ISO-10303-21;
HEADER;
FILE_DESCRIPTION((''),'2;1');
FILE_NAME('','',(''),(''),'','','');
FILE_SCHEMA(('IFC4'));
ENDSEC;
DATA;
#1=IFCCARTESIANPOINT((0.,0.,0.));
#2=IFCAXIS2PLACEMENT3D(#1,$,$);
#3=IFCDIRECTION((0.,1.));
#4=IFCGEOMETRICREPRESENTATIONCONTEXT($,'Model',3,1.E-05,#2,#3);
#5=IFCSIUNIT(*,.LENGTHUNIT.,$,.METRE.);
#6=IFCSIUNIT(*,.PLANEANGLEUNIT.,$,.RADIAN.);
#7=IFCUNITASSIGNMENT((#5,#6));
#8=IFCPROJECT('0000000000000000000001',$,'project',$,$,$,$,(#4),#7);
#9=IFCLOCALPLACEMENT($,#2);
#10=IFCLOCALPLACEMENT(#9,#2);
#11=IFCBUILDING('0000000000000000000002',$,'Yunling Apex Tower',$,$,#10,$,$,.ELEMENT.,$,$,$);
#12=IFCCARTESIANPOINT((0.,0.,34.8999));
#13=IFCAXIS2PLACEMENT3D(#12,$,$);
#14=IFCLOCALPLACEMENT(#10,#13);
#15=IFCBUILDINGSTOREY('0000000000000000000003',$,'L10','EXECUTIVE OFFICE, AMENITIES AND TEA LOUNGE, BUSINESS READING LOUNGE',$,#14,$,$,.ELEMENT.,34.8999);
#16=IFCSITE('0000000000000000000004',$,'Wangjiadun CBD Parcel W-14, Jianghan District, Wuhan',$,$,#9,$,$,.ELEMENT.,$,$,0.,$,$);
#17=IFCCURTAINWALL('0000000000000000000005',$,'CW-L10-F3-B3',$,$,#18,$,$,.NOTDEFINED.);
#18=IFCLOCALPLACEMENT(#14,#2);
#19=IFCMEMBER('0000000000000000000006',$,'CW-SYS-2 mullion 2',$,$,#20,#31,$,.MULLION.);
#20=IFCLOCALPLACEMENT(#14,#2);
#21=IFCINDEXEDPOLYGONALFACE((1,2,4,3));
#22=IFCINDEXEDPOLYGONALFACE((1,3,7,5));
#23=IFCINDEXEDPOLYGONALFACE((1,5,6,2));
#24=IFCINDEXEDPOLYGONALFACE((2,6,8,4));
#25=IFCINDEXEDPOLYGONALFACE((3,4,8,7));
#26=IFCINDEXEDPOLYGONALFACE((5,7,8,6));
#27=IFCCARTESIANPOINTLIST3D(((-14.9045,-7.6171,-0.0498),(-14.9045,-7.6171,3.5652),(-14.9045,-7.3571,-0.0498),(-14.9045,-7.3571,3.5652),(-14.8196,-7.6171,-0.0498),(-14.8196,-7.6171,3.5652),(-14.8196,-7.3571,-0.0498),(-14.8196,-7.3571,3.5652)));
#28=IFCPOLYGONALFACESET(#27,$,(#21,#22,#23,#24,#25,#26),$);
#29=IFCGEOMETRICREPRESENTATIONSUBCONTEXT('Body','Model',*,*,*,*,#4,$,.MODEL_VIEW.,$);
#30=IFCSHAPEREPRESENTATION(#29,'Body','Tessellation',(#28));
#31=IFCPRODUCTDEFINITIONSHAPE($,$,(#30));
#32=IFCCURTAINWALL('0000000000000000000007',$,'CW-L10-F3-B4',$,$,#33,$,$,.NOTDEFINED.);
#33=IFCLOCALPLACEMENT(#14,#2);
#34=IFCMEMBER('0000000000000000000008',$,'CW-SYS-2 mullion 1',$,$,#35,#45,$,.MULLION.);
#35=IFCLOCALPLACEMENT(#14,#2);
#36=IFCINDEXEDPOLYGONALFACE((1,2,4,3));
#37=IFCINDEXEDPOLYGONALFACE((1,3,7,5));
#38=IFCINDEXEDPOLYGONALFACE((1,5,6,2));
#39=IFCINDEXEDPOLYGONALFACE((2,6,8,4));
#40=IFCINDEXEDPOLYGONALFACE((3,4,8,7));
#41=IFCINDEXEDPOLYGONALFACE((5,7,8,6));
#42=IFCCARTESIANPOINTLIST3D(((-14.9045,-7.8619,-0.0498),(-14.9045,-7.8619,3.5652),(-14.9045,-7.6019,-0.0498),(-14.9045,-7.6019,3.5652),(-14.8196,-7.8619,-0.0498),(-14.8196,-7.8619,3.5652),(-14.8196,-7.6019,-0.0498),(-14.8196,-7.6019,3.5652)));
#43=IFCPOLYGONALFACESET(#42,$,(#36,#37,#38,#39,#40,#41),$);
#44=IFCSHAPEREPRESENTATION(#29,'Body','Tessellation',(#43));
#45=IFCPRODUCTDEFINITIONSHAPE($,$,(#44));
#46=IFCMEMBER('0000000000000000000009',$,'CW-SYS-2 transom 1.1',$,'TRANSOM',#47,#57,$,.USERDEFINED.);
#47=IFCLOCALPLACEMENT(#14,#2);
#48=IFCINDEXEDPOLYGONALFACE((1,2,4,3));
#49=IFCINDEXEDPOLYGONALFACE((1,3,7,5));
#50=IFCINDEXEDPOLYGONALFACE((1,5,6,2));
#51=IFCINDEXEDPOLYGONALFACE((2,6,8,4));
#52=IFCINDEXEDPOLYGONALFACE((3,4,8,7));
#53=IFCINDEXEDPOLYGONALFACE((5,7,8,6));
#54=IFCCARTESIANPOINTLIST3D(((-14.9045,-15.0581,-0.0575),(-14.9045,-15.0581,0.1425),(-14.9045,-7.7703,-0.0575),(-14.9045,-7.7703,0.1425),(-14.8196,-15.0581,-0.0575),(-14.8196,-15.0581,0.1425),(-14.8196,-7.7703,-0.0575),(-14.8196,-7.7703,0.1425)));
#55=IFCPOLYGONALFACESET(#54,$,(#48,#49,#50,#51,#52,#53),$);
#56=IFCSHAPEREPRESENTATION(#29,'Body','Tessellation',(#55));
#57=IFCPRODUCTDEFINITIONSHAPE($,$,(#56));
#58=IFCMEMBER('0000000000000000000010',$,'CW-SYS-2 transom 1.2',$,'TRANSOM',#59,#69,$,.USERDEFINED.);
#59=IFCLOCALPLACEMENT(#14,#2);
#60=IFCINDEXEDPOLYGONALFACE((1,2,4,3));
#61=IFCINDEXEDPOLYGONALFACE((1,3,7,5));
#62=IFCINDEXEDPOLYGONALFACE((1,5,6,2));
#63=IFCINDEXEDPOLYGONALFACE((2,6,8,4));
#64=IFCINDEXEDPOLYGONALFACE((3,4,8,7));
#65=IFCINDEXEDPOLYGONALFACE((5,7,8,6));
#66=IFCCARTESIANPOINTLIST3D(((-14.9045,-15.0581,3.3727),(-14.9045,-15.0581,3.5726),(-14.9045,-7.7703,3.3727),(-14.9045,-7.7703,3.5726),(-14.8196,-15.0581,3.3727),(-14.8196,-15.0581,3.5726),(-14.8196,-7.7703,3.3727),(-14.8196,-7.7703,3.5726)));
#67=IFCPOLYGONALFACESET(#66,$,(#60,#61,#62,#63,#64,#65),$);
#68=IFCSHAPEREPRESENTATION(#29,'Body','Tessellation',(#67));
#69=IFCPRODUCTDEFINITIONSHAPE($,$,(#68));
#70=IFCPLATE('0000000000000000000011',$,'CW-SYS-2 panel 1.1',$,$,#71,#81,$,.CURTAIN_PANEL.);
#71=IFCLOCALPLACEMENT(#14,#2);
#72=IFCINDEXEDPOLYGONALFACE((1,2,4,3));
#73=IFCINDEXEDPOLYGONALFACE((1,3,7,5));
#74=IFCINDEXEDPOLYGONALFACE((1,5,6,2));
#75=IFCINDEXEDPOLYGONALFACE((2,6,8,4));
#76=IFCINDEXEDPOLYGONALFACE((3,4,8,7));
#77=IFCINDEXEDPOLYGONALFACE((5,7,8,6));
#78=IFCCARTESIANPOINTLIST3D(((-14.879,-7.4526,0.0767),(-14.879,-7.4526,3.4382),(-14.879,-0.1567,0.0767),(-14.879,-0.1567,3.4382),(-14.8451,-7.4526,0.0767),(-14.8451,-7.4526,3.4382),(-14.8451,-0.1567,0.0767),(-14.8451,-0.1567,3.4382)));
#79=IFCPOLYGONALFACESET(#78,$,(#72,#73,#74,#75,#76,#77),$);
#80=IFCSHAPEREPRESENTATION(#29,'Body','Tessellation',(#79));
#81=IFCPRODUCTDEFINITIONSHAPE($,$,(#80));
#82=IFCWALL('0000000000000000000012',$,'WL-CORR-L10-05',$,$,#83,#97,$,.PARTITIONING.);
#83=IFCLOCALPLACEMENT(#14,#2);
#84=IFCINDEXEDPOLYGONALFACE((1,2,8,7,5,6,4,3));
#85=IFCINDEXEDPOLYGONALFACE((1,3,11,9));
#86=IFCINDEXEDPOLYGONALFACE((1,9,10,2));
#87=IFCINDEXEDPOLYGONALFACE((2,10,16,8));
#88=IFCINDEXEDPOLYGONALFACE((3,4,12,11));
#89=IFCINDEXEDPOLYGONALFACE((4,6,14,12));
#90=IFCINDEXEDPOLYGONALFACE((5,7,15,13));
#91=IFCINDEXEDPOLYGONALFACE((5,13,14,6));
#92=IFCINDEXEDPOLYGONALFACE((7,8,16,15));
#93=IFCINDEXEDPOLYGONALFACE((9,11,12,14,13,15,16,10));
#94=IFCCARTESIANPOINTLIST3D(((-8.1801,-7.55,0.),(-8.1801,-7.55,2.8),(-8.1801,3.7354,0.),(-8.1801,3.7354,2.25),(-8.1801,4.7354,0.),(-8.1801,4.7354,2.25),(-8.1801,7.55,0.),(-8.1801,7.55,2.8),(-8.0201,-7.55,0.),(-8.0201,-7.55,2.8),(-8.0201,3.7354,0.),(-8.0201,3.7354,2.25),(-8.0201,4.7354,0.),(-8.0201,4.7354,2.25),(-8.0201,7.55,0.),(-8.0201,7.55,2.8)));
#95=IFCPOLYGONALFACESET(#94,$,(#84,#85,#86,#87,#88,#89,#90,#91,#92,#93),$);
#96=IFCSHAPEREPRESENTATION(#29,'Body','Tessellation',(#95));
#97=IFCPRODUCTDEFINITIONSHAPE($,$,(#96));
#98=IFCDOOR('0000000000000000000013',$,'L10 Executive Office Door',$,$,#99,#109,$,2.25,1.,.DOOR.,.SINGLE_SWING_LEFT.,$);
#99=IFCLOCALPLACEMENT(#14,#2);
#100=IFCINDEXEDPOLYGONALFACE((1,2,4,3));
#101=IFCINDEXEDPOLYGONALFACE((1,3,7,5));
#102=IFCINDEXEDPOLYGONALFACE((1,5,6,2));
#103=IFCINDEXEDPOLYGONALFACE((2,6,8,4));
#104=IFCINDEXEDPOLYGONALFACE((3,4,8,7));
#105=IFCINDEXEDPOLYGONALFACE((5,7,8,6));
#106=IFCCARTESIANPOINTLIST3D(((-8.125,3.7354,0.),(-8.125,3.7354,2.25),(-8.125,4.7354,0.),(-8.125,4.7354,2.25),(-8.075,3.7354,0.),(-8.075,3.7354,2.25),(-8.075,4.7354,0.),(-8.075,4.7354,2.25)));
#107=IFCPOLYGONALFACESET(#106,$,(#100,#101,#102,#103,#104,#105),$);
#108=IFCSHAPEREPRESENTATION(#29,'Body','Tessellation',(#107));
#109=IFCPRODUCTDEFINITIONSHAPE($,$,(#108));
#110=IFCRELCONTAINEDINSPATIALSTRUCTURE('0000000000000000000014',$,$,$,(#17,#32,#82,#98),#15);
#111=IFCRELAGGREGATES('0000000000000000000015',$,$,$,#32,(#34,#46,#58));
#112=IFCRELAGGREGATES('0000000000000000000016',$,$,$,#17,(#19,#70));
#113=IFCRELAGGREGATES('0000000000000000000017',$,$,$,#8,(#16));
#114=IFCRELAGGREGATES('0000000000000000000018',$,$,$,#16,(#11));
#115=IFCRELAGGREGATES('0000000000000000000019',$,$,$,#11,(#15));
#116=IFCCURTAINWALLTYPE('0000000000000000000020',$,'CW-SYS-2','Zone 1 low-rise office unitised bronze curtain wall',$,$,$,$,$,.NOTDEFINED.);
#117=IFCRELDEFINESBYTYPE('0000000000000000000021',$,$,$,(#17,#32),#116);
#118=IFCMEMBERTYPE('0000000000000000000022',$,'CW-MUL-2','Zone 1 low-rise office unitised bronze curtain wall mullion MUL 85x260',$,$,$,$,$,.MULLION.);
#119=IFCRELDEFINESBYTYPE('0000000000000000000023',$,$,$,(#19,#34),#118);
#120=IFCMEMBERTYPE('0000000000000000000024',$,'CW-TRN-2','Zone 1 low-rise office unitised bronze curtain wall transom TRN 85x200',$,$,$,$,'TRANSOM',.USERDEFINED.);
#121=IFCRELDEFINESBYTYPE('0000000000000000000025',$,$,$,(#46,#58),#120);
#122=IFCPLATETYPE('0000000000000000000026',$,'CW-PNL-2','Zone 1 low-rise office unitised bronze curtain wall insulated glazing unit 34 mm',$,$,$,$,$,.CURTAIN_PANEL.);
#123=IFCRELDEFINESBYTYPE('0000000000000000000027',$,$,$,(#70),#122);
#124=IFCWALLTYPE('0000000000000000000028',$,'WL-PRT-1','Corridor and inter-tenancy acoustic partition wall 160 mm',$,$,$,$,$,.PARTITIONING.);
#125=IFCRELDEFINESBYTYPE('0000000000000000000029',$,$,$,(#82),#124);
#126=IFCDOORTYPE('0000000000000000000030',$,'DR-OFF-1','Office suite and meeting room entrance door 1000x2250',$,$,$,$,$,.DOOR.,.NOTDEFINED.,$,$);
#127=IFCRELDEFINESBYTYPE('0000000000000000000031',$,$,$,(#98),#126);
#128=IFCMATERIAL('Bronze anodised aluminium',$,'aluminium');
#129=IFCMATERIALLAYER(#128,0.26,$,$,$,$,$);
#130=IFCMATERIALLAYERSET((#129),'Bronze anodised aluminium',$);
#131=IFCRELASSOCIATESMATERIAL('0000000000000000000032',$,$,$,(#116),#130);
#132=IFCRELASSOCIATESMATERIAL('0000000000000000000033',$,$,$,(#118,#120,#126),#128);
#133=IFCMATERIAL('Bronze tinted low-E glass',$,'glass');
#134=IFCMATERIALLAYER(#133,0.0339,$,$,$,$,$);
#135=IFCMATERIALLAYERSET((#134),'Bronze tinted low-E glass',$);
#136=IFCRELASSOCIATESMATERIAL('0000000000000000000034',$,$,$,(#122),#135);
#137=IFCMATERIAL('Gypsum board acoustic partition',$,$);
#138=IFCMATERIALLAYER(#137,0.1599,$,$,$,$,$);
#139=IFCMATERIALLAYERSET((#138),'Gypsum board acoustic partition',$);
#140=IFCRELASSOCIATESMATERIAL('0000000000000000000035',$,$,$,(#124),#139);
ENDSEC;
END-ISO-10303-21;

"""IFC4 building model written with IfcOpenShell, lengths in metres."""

from ifc_helpers import new_model, si_unit, direction, frame, frame_2d, origin, origin_2d, place, context, subcontext, project, spatial, rectangle, extrude, source, transform, mapped, material, layer, layer_set, material_profile, profile_set, type_object, element, fill, aggregate, save


model = new_model("IFC4")

# Units and contexts
model_context = context("Model", 3, precision=1e-05, world=origin(), true_north=direction((0.0, 1.0)))
body_context = subcontext(model_context, "Body", "Model", "MODEL_VIEW")
ifc_project = project(units=[si_unit("LENGTHUNIT", "METRE"), si_unit("PLANEANGLEUNIT", "RADIAN")], contexts=[model_context])

# Site, building, storey
site_placement = place(None, origin())
site = spatial("IfcSite", under=ifc_project, at=site_placement, Name="Wangjiadun CBD Parcel W-14, Jianghan District, Wuhan", CompositionType="ELEMENT", RefElevation=0.0)
building_placement = place(site_placement, origin())
building = spatial("IfcBuilding", under=site, at=building_placement, Name="Yunling Apex Tower", CompositionType="ELEMENT")
storey_placement = place(building_placement, frame((0.0, 0.0, 34.8999)))
storey = spatial("IfcBuildingStorey", under=building, at=storey_placement, Name="L10", Description="EXECUTIVE OFFICE, AMENITIES AND TEA LOUNGE, BUSINESS READING LOUNGE", CompositionType="ELEMENT", Elevation=34.8999)

# Curtain wall, member
ifc_material_1 = material(Name="Bronze anodised aluminium", Category="aluminium")
ifc_layer_1 = layer(ifc_material_1, 0.26)
ifc_layer_set_1 = layer_set([ifc_layer_1], Name="Bronze anodised aluminium")
curtain_wall_type = type_object("IfcCurtainWallType", Name="CW-SYS-2", Description="Zone 1 low-rise office unitised bronze curtain wall", PredefinedType="NOTDEFINED", material=ifc_layer_set_1)
curtain_wall_1_placement = place(storey_placement, origin())
curtain_wall_1 = element("IfcCurtainWall", 1, at=curtain_wall_1_placement, inside=storey, type_object=curtain_wall_type, Name="CW-L10-F3-B3", PredefinedType="NOTDEFINED")
ifc_material_profile_1 = material_profile(ifc_material_1, rectangle(XDim=0.085, YDim=0.26, at=origin_2d()))
ifc_profile_set_1 = profile_set([ifc_material_profile_1], Name="Bronze anodised aluminium")
member_type_1 = type_object("IfcMemberType", Name="CW-MUL-2", Description="Zone 1 low-rise office unitised bronze curtain wall mullion MUL 85x260", PredefinedType="MULLION", material=ifc_profile_set_1)
shared_shape_1 = source(origin(), body_context, "Body", "SweptSolid", [
    extrude(rectangle(XDim=0.085, YDim=0.26, at=origin_2d()), origin(), (0.0, 0.0, 1.0), 3.615),
])
member_1_placement = place(storey_placement, frame((-14.8621, -7.4871, -0.0498), z_axis=(0.0, 0.0, 1.0), x_axis=(1.0, 0.0, 0.0)))
member_1 = element("IfcMember", 2, at=member_1_placement, type_object=member_type_1, Name="CW-SYS-2 mullion 2", PredefinedType="MULLION", context=body_context, shape_type="MappedRepresentation", body=[
    mapped(shared_shape_1, transform((0.0, 0.0, 0.0), scale=1.0)),
])

# Curtain wall, members
curtain_wall_2_placement = place(storey_placement, origin())
curtain_wall_2 = element("IfcCurtainWall", 3, at=curtain_wall_2_placement, inside=storey, type_object=curtain_wall_type, Name="CW-L10-F3-B4", PredefinedType="NOTDEFINED")
member_2_placement = place(storey_placement, frame((-14.8621, -7.7319, -0.0498), z_axis=(0.0, 0.0, 1.0), x_axis=(1.0, 0.0, 0.0)))
member_2 = element("IfcMember", 4, at=member_2_placement, type_object=member_type_1, Name="CW-SYS-2 mullion 1", PredefinedType="MULLION", context=body_context, shape_type="MappedRepresentation", body=[
    mapped(shared_shape_1, transform((0.0, 0.0, 0.0), scale=1.0)),
])
ifc_material_profile_2 = material_profile(ifc_material_1, rectangle(XDim=0.085, YDim=0.2, at=origin_2d()))
ifc_profile_set_2 = profile_set([ifc_material_profile_2], Name="Bronze anodised aluminium")
member_type_2 = type_object("IfcMemberType", Name="CW-TRN-2", Description="Zone 1 low-rise office unitised bronze curtain wall transom TRN 85x200", ElementType="TRANSOM", PredefinedType="USERDEFINED", material=ifc_profile_set_2)
shared_shape_2 = source(origin(), body_context, "Body", "SweptSolid", [
    extrude(rectangle(XDim=0.085, YDim=0.2, at=origin_2d()), origin(), (0.0, 0.0, 1.0), 7.2878),
])
member_3_placement = place(storey_placement, frame((-14.8621, -7.7703, 0.0425), z_axis=(0.0, -1.0, 0.0), x_axis=(1.0, 0.0, 0.0)))
member_3 = element("IfcMember", 5, at=member_3_placement, type_object=member_type_2, Name="CW-SYS-2 transom 1.1", ObjectType="TRANSOM", PredefinedType="USERDEFINED", context=body_context, shape_type="MappedRepresentation", body=[
    mapped(shared_shape_2, transform((0.0, 0.0, 0.0), scale=1.0)),
])
member_4_placement = place(storey_placement, frame((-14.8621, -7.7703, 3.4727), z_axis=(0.0, -1.0, 0.0), x_axis=(1.0, 0.0, 0.0)))
member_4 = element("IfcMember", 6, at=member_4_placement, type_object=member_type_2, Name="CW-SYS-2 transom 1.2", ObjectType="TRANSOM", PredefinedType="USERDEFINED", context=body_context, shape_type="MappedRepresentation", body=[
    mapped(shared_shape_2, transform((0.0, 0.0, 0.0), scale=1.0)),
])
aggregate(curtain_wall_2, [member_2, member_3, member_4])

# Plate
ifc_material_2 = material(Name="Bronze tinted low-E glass", Category="glass")
ifc_layer_2 = layer(ifc_material_2, 0.0339)
ifc_layer_set_2 = layer_set([ifc_layer_2], Name="Bronze tinted low-E glass")
plate_type = type_object("IfcPlateType", Name="CW-PNL-2", Description="Zone 1 low-rise office unitised bronze curtain wall insulated glazing unit 34 mm", PredefinedType="CURTAIN_PANEL", material=ifc_layer_set_2)
shared_shape_3 = source(origin(), body_context, "Body", "SweptSolid", [
    extrude(rectangle(XDim=7.2959, YDim=0.0339, at=origin_2d()), origin(), (0.0, 0.0, 1.0), 3.3616),
])
plate_placement = place(storey_placement, frame((-14.8621, -3.8047, 0.0767), z_axis=(0.0, 0.0, 1.0), x_axis=(0.0, -1.0, 0.0)))
plate = element("IfcPlate", 7, at=plate_placement, type_object=plate_type, Name="CW-SYS-2 panel 1.1", PredefinedType="CURTAIN_PANEL", context=body_context, shape_type="MappedRepresentation", body=[
    mapped(shared_shape_3, transform((0.0, 0.0, 0.0), scale=1.0)),
])
aggregate(curtain_wall_1, [member_1, plate])

# Wall, opening, door
ifc_material_3 = material(Name="Gypsum board acoustic partition")
ifc_layer_3 = layer(ifc_material_3, 0.1599)
ifc_layer_set_3 = layer_set([ifc_layer_3], Name="Gypsum board acoustic partition")
wall_type = type_object("IfcWallType", Name="WL-PRT-1", Description="Corridor and inter-tenancy acoustic partition wall 160 mm", PredefinedType="PARTITIONING", material=ifc_layer_set_3)
wall_placement = place(storey_placement, frame((-8.1001, -7.55, 0.0), z_axis=(0.0, 0.0, 1.0), x_axis=(0.0, 1.0, 0.0)))
wall = element("IfcWall", 8, at=wall_placement, inside=storey, type_object=wall_type, Name="WL-CORR-L10-05", PredefinedType="PARTITIONING", context=body_context, shape_type="SweptSolid", body=[
    extrude(rectangle(XDim=15.1001, YDim=0.1599, at=frame_2d((7.55, 0.0))), origin(), (0.0, 0.0, 1.0), 2.8),
])
opening_placement = place(wall_placement, frame((11.2854, 0.0, 0.0)))
opening = element("IfcOpeningElement", 9, at=opening_placement, cuts=wall, PredefinedType="OPENING", context=body_context, shape_type="SweptSolid", body=[
    extrude(rectangle(XDim=1.0, YDim=2.25, at=frame_2d((0.5, 1.125))), frame((0.0, 0.0898, 0.0), z_axis=(0.0, -1.0, 0.0), x_axis=(1.0, 0.0, 0.0)), (0.0, 0.0, 1.0), 0.1799),
])
door_type = type_object("IfcDoorType", Name="DR-OFF-1", Description="Office suite and meeting room entrance door 1000x2250", OperationType="NOTDEFINED", PredefinedType="DOOR", material=ifc_material_1)
door_placement = place(opening_placement, origin())
door = element("IfcDoor", 10, at=door_placement, inside=storey, type_object=door_type, Name="L10 Executive Office Door", OperationType="SINGLE_SWING_LEFT", OverallHeight=2.25, OverallWidth=1.0, PredefinedType="DOOR", context=body_context, shape_type="SweptSolid", body=[
    extrude(rectangle(XDim=1.0, YDim=2.25, at=frame_2d((0.5, 1.125))), frame((0.0, 0.0249, 0.0), z_axis=(0.0, -1.0, 0.0), x_axis=(1.0, 0.0, 0.0)), (0.0, 0.0, 1.0), 0.05),
])
fill(opening, door)

save(model, "model.ifc")
